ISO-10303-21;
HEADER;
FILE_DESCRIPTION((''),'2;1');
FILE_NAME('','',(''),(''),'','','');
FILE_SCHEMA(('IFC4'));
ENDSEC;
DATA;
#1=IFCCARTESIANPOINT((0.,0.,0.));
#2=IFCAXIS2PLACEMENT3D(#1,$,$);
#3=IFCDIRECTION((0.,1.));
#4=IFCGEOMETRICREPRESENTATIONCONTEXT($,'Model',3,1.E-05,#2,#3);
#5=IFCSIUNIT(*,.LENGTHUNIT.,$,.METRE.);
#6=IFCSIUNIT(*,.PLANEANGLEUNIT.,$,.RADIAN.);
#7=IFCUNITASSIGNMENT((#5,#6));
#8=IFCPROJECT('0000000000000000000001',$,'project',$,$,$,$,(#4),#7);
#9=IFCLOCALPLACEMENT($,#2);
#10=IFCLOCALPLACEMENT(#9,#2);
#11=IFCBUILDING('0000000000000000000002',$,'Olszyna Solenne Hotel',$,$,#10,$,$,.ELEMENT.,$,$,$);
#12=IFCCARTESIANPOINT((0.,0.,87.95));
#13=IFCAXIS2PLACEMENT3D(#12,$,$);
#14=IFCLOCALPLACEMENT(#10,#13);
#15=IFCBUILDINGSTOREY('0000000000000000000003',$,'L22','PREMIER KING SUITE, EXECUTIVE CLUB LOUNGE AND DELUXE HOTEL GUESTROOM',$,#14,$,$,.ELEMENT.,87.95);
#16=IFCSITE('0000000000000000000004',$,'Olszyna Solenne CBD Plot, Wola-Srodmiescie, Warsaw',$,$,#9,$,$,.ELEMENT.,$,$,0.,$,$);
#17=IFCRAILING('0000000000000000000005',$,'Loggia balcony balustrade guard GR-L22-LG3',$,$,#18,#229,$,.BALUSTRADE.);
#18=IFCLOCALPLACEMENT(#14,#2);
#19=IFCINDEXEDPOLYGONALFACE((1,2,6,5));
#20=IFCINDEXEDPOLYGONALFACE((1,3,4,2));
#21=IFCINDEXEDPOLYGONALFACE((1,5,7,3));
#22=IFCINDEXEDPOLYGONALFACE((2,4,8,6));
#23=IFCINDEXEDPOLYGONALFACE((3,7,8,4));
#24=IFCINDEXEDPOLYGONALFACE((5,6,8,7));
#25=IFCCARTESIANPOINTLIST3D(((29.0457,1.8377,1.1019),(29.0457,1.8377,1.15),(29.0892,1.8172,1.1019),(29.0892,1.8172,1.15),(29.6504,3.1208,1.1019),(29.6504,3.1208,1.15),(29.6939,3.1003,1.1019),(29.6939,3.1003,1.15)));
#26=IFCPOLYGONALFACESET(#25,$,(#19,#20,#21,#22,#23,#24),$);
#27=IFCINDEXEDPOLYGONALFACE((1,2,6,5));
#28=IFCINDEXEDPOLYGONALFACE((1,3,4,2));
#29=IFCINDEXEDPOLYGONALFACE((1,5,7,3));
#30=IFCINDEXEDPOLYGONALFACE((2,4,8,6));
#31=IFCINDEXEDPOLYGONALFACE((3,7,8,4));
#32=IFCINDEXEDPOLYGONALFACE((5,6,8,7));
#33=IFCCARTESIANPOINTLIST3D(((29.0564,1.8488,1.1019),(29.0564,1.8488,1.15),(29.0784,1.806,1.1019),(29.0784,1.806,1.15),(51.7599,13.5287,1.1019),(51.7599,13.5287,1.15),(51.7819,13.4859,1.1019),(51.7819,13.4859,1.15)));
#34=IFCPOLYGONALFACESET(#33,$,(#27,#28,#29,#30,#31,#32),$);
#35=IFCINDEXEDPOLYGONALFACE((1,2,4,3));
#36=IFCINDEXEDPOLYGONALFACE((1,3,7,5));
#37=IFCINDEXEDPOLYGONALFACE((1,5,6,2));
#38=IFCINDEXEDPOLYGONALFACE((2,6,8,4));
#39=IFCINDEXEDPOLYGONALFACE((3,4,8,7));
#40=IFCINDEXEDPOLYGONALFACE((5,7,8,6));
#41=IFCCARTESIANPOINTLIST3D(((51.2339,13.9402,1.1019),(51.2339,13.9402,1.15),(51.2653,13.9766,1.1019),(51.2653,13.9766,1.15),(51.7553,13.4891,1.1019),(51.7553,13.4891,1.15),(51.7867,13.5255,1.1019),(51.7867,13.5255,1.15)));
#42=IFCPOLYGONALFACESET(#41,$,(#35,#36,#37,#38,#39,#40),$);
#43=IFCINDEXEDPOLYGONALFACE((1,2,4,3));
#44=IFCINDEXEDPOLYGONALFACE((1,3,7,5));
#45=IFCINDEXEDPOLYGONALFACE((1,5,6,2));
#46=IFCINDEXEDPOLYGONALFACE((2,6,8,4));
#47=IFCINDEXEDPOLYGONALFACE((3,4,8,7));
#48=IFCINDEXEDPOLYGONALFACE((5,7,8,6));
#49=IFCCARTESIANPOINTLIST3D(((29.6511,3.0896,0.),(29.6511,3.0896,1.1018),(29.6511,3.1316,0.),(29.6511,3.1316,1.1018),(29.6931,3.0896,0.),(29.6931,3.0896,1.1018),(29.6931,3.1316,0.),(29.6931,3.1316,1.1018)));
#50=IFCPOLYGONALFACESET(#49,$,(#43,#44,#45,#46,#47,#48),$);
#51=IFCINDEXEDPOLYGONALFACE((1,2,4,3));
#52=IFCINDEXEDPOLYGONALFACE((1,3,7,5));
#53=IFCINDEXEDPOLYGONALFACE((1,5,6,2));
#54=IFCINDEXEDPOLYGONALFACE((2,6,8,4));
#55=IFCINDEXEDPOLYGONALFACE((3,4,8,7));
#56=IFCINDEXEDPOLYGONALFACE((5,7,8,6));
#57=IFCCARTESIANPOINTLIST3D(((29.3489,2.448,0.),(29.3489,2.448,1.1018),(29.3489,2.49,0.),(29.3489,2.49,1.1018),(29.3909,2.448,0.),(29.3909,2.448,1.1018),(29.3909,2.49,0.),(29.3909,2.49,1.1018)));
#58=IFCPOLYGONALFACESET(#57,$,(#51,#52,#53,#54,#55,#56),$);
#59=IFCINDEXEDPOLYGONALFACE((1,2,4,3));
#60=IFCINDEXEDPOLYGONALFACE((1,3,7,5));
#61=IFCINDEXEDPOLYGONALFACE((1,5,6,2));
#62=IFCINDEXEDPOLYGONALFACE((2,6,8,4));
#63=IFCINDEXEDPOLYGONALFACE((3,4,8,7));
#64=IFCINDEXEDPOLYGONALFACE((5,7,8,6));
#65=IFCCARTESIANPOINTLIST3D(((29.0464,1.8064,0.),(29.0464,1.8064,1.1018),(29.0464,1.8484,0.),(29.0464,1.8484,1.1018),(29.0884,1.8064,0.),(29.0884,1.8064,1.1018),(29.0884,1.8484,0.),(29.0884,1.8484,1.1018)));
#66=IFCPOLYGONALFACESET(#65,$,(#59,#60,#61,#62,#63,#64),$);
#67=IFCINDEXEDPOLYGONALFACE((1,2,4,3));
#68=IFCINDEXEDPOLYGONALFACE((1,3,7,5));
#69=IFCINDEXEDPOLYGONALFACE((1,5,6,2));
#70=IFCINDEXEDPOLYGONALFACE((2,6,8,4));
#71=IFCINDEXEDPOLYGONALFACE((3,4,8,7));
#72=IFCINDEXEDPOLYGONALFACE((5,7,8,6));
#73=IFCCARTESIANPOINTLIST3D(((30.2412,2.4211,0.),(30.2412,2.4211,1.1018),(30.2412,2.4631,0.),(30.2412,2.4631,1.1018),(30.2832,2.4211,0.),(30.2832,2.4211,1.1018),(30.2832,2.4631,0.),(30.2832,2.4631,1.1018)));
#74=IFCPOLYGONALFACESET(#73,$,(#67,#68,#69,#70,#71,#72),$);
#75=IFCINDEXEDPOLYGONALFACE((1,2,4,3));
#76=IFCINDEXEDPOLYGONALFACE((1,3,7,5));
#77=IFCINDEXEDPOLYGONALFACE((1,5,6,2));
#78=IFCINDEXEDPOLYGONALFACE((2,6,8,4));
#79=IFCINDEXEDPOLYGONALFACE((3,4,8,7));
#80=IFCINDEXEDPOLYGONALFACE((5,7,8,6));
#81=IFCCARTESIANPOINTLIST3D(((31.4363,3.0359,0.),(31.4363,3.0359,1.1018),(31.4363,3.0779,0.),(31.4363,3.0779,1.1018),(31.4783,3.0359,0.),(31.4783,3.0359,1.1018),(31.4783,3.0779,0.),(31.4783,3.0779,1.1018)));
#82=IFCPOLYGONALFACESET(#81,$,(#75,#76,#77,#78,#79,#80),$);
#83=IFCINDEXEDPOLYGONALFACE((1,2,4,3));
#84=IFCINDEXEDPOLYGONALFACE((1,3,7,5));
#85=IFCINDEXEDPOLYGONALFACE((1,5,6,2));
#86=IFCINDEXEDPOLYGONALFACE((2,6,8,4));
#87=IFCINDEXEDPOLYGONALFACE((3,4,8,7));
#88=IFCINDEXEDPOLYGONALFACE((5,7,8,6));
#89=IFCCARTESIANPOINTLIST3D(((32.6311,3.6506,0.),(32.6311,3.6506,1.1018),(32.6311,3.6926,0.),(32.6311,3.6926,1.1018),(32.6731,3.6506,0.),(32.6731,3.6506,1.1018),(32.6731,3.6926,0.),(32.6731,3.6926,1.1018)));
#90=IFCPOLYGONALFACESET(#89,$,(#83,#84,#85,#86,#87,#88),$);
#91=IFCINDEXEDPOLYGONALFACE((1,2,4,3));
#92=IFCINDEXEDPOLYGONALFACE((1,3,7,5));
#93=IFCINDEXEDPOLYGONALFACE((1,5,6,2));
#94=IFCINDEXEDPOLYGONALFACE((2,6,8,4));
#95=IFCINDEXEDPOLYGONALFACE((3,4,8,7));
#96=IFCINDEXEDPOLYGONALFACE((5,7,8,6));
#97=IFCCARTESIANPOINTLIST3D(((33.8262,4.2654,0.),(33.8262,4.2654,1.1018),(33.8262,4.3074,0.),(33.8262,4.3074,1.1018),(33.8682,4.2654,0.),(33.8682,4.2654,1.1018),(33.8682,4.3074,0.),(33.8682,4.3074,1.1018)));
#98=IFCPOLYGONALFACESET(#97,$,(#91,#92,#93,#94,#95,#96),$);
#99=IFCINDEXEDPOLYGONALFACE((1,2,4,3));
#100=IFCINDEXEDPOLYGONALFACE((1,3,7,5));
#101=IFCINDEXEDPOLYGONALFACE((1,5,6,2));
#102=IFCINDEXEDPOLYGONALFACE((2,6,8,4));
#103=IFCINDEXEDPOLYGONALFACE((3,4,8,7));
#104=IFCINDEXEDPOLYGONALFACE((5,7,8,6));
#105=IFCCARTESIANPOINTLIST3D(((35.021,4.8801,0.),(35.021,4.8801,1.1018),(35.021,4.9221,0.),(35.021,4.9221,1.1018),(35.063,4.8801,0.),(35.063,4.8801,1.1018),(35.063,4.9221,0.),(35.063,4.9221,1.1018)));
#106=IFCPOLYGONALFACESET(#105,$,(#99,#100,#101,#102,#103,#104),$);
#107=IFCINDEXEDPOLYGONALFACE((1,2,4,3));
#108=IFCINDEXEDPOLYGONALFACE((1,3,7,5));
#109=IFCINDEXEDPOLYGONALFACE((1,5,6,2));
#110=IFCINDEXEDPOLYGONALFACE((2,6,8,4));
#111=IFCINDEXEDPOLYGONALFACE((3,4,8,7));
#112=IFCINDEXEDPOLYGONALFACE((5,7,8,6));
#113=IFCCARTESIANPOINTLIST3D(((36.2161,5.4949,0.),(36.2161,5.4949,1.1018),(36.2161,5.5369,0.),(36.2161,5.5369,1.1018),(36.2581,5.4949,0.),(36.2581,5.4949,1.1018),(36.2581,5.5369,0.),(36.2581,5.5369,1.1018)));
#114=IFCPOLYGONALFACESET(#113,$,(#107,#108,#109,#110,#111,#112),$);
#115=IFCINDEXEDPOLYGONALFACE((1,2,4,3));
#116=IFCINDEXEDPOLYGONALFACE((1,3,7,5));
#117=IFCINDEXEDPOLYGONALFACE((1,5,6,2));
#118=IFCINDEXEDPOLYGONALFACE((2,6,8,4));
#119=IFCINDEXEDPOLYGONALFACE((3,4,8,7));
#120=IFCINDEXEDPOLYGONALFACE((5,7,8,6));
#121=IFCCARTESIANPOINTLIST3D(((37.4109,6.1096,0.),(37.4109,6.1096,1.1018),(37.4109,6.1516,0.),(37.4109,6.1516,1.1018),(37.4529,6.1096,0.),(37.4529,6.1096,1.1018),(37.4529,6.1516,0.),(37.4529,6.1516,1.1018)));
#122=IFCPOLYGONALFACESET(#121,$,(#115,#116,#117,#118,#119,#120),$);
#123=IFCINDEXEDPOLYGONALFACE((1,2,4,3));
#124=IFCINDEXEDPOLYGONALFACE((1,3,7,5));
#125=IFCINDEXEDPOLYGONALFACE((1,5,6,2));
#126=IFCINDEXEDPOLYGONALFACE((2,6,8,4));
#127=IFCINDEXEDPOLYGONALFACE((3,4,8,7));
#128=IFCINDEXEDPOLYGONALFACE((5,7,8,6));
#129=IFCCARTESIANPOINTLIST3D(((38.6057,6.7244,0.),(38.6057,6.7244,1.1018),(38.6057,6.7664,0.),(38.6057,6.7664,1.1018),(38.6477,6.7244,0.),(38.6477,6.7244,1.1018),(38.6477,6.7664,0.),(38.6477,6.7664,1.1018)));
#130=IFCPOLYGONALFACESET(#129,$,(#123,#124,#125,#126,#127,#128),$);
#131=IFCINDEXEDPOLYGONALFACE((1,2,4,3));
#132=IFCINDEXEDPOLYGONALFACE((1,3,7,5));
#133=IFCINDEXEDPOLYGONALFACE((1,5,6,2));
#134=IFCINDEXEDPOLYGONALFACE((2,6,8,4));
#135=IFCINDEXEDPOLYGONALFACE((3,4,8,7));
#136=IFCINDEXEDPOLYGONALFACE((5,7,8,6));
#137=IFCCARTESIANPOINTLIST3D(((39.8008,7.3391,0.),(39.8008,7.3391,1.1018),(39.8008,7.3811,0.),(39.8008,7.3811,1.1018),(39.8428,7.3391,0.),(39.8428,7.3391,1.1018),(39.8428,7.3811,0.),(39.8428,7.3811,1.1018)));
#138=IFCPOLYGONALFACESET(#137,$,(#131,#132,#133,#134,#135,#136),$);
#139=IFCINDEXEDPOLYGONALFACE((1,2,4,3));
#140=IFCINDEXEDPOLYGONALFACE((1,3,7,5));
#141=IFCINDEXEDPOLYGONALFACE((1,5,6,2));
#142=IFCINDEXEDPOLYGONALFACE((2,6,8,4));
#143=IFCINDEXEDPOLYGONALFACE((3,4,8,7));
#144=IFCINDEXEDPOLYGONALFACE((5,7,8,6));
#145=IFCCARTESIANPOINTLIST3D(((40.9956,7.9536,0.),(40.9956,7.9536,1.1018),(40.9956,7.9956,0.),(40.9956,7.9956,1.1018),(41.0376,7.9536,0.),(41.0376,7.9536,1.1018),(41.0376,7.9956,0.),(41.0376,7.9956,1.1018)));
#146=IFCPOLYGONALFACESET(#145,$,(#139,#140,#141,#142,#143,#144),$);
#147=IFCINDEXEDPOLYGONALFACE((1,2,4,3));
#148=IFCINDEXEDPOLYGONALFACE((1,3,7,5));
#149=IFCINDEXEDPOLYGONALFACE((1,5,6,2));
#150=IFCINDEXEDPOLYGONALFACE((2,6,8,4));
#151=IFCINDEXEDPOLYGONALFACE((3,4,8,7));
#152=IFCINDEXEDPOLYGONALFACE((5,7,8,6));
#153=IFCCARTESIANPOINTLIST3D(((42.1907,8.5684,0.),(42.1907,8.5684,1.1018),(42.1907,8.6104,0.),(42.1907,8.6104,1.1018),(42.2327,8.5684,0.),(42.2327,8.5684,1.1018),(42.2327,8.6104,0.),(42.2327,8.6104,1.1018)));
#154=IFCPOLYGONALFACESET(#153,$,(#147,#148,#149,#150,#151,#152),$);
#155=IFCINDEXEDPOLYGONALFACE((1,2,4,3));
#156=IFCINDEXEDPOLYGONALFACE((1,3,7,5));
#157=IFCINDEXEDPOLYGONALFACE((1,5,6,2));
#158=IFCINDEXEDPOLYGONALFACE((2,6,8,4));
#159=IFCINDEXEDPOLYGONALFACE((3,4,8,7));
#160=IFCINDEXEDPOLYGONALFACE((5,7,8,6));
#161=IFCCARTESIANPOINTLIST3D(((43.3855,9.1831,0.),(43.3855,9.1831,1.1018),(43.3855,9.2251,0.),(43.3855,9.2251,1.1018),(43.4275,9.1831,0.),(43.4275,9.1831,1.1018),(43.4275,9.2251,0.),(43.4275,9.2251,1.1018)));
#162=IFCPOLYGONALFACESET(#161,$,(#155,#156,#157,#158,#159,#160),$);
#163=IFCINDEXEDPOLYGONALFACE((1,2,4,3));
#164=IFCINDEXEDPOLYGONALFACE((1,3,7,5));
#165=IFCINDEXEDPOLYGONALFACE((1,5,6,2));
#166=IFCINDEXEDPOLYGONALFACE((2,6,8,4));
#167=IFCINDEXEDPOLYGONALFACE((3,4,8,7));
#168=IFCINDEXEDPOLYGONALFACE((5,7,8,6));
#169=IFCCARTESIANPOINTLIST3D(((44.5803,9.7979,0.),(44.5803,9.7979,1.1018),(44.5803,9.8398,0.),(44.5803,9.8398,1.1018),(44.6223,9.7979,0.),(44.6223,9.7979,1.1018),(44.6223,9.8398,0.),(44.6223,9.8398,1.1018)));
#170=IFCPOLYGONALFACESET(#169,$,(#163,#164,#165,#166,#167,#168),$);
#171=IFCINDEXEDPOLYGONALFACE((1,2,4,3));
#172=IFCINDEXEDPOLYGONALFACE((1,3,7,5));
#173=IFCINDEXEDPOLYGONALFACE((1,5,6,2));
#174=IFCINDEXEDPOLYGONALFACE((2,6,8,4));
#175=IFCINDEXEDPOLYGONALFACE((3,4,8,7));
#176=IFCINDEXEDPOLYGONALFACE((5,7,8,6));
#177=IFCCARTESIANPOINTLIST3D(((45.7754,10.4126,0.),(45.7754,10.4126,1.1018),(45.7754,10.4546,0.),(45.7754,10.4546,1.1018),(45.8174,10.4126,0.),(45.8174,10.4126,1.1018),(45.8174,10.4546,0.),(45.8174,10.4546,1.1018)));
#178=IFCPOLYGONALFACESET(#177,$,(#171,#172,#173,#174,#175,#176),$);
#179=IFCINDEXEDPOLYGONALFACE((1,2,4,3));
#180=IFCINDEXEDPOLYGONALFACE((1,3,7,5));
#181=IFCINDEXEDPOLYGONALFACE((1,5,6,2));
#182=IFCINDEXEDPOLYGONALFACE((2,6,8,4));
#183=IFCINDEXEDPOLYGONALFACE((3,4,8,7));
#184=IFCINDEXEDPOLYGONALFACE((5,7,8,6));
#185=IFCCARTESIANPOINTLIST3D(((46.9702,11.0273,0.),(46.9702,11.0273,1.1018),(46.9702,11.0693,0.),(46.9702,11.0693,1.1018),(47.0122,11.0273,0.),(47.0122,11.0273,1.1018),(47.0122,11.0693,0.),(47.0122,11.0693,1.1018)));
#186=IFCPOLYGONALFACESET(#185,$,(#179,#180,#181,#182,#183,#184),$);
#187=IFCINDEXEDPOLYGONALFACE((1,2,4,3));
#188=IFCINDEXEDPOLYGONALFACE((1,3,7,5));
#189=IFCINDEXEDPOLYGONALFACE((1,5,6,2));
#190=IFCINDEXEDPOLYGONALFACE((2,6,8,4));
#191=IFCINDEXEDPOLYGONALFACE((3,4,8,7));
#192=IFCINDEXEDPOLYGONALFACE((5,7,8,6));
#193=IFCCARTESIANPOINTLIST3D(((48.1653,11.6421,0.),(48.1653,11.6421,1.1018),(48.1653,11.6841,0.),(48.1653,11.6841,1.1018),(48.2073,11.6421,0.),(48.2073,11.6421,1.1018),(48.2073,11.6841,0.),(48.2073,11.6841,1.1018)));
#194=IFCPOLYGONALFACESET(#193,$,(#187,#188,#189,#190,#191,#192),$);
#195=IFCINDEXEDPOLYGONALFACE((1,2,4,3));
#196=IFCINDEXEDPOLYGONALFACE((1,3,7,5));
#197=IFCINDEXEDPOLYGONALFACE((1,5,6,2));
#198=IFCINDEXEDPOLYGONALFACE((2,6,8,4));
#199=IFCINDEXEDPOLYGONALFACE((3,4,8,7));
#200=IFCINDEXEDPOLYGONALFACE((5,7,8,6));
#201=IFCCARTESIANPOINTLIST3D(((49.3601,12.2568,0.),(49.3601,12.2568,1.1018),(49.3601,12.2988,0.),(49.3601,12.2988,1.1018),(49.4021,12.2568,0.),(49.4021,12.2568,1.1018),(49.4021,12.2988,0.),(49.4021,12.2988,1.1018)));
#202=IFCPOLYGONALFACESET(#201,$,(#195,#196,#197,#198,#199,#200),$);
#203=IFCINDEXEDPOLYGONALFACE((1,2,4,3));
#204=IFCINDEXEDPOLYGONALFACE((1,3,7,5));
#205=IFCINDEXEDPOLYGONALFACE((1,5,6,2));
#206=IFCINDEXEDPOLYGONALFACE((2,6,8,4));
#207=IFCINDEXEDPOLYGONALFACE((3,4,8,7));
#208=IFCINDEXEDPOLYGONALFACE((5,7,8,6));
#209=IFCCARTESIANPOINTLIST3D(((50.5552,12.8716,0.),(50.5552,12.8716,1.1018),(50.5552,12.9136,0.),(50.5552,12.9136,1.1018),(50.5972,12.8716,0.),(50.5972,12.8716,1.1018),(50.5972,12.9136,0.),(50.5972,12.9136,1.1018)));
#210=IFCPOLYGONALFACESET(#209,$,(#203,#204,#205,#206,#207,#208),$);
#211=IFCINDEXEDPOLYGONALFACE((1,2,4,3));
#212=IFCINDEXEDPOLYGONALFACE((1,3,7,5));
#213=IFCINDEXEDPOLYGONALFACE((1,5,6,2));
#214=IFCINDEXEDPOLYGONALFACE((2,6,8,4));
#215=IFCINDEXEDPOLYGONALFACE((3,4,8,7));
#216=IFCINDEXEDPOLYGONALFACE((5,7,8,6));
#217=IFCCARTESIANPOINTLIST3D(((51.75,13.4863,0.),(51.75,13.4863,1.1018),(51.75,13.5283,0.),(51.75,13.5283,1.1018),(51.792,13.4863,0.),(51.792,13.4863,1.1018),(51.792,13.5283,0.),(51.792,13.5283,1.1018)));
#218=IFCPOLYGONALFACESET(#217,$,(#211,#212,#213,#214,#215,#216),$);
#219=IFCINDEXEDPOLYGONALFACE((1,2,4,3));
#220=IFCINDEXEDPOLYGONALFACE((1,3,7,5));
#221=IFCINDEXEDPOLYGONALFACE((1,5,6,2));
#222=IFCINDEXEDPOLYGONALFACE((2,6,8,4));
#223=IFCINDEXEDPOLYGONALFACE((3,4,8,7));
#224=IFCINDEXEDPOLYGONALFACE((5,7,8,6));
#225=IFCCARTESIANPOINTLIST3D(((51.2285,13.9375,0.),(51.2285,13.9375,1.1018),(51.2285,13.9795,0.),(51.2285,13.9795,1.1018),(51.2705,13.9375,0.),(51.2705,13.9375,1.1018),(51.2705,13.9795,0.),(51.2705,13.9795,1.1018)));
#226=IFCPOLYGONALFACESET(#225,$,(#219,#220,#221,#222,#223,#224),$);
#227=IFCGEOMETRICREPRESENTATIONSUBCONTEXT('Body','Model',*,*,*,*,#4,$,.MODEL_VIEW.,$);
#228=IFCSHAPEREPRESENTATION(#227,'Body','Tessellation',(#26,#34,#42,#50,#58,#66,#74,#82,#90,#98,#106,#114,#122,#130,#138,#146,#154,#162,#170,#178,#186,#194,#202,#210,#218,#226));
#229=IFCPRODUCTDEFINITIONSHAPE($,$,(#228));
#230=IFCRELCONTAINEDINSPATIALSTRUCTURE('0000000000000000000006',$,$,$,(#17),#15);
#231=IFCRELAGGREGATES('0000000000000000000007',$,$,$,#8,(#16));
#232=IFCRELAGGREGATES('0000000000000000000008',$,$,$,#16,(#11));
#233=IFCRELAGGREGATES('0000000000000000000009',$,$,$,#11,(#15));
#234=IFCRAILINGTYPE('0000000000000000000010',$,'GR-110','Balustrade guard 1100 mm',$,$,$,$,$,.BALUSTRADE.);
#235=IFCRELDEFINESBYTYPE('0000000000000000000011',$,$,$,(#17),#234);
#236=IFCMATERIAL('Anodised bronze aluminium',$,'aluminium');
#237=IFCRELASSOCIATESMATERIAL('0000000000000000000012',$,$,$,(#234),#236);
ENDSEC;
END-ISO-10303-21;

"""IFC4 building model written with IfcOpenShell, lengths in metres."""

from ifc_helpers import new_model, si_unit, direction, frame, origin, origin_2d, place, context, subcontext, project, spatial, rectangle, extrude, material, type_object, element, save


model = new_model("IFC4")

# Units and contexts
model_context = context("Model", 3, precision=1e-05, world=origin(), true_north=direction((0.0, 1.0)))
body_context = subcontext(model_context, "Body", "Model", "MODEL_VIEW")
ifc_project = project(units=[si_unit("LENGTHUNIT", "METRE"), si_unit("PLANEANGLEUNIT", "RADIAN")], contexts=[model_context])

# Site, building, storey
site_placement = place(None, origin())
site = spatial("IfcSite", under=ifc_project, at=site_placement, Name="Olszyna Solenne CBD Plot, Wola-Srodmiescie, Warsaw", CompositionType="ELEMENT", RefElevation=0.0)
building_placement = place(site_placement, origin())
building = spatial("IfcBuilding", under=site, at=building_placement, Name="Olszyna Solenne Hotel", CompositionType="ELEMENT")
storey_placement = place(building_placement, frame((0.0, 0.0, 87.95)))
storey = spatial("IfcBuildingStorey", under=building, at=storey_placement, Name="L22", Description="PREMIER KING SUITE, EXECUTIVE CLUB LOUNGE AND DELUXE HOTEL GUESTROOM", CompositionType="ELEMENT", Elevation=87.95)

# Railing
ifc_material_1 = material(Name="Anodised bronze aluminium", Category="aluminium")
railing_type = type_object("IfcRailingType", Name="GR-110", Description="Balustrade guard 1100 mm", PredefinedType="BALUSTRADE", material=ifc_material_1)
railing_placement = place(storey_placement, frame((29.6721, 3.1106, 0.0)))
element("IfcRailing", 1, at=railing_placement, inside=storey, type_object=railing_type, Name="Loggia balcony balustrade guard GR-L22-LG3", PredefinedType="BALUSTRADE", context=body_context, shape_type="SweptSolid", body=[
    extrude(rectangle(XDim=0.0481, YDim=0.0481, at=origin_2d()), frame((0.0, 0.0, 1.126), z_axis=(-0.426303, -0.904581, 0.0), x_axis=(0.904581, -0.426303, 0.0)), (0.0, 0.0, 1.0), 1.4185),
    extrude(rectangle(XDim=0.0481, YDim=0.0481, at=origin_2d()), frame((-0.6047, -1.2832, 1.126), z_axis=(0.889227, 0.457465, 0.0), x_axis=(-0.457465, 0.889227, 0.0)), (0.0, 0.0, 1.0), 25.5317),
    extrude(rectangle(XDim=0.0481, YDim=0.0481, at=origin_2d()), frame((22.0989, 10.3967, 1.126), z_axis=(-0.75625, 0.654283, 0.0), x_axis=(-0.654283, -0.75625, 0.0)), (0.0, 0.0, 1.0), 0.6895),
    extrude(rectangle(XDim=0.042, YDim=0.042, at=origin_2d()), origin(), (0.0, 0.0, 1.0), 1.1018),
    extrude(rectangle(XDim=0.042, YDim=0.042, at=origin_2d()), frame((-0.3022, -0.6416, 0.0)), (0.0, 0.0, 1.0), 1.1018),
    extrude(rectangle(XDim=0.042, YDim=0.042, at=origin_2d()), frame((-0.6047, -1.2832, 0.0)), (0.0, 0.0, 1.0), 1.1018),
    extrude(rectangle(XDim=0.042, YDim=0.042, at=origin_2d()), frame((0.5901, -0.6685, 0.0)), (0.0, 0.0, 1.0), 1.1018),
    extrude(rectangle(XDim=0.042, YDim=0.042, at=origin_2d()), frame((1.7852, -0.0537, 0.0)), (0.0, 0.0, 1.0), 1.1018),
    extrude(rectangle(XDim=0.042, YDim=0.042, at=origin_2d()), frame((2.98, 0.561, 0.0)), (0.0, 0.0, 1.0), 1.1018),
    extrude(rectangle(XDim=0.042, YDim=0.042, at=origin_2d()), frame((4.175, 1.1758, 0.0)), (0.0, 0.0, 1.0), 1.1018),
    extrude(rectangle(XDim=0.042, YDim=0.042, at=origin_2d()), frame((5.3699, 1.7905, 0.0)), (0.0, 0.0, 1.0), 1.1018),
    extrude(rectangle(XDim=0.042, YDim=0.042, at=origin_2d()), frame((6.5649, 2.4053, 0.0)), (0.0, 0.0, 1.0), 1.1018),
    extrude(rectangle(XDim=0.042, YDim=0.042, at=origin_2d()), frame((7.7598, 3.02, 0.0)), (0.0, 0.0, 1.0), 1.1018),
    extrude(rectangle(XDim=0.042, YDim=0.042, at=origin_2d()), frame((8.9546, 3.6348, 0.0)), (0.0, 0.0, 1.0), 1.1018),
    extrude(rectangle(XDim=0.042, YDim=0.042, at=origin_2d()), frame((10.1497, 4.2495, 0.0)), (0.0, 0.0, 1.0), 1.1018),
    extrude(rectangle(XDim=0.042, YDim=0.042, at=origin_2d()), frame((11.3445, 4.864, 0.0)), (0.0, 0.0, 1.0), 1.1018),
    extrude(rectangle(XDim=0.042, YDim=0.042, at=origin_2d()), frame((12.5396, 5.4788, 0.0)), (0.0, 0.0, 1.0), 1.1018),
    extrude(rectangle(XDim=0.042, YDim=0.042, at=origin_2d()), frame((13.7344, 6.0935, 0.0)), (0.0, 0.0, 1.0), 1.1018),
    extrude(rectangle(XDim=0.042, YDim=0.042, at=origin_2d()), frame((14.9292, 6.7083, 0.0)), (0.0, 0.0, 1.0), 1.1018),
    extrude(rectangle(XDim=0.042, YDim=0.042, at=origin_2d()), frame((16.1243, 7.323, 0.0)), (0.0, 0.0, 1.0), 1.1018),
    extrude(rectangle(XDim=0.042, YDim=0.042, at=origin_2d()), frame((17.3191, 7.9377, 0.0)), (0.0, 0.0, 1.0), 1.1018),
    extrude(rectangle(XDim=0.042, YDim=0.042, at=origin_2d()), frame((18.5142, 8.5525, 0.0)), (0.0, 0.0, 1.0), 1.1018),
    extrude(rectangle(XDim=0.042, YDim=0.042, at=origin_2d()), frame((19.709, 9.1672, 0.0)), (0.0, 0.0, 1.0), 1.1018),
    extrude(rectangle(XDim=0.042, YDim=0.042, at=origin_2d()), frame((20.9041, 9.782, 0.0)), (0.0, 0.0, 1.0), 1.1018),
    extrude(rectangle(XDim=0.042, YDim=0.042, at=origin_2d()), frame((22.0989, 10.3967, 0.0)), (0.0, 0.0, 1.0), 1.1018),
    extrude(rectangle(XDim=0.042, YDim=0.042, at=origin_2d()), frame((21.5774, 10.8479, 0.0)), (0.0, 0.0, 1.0), 1.1018),
])

save(model, "model.ifc")
